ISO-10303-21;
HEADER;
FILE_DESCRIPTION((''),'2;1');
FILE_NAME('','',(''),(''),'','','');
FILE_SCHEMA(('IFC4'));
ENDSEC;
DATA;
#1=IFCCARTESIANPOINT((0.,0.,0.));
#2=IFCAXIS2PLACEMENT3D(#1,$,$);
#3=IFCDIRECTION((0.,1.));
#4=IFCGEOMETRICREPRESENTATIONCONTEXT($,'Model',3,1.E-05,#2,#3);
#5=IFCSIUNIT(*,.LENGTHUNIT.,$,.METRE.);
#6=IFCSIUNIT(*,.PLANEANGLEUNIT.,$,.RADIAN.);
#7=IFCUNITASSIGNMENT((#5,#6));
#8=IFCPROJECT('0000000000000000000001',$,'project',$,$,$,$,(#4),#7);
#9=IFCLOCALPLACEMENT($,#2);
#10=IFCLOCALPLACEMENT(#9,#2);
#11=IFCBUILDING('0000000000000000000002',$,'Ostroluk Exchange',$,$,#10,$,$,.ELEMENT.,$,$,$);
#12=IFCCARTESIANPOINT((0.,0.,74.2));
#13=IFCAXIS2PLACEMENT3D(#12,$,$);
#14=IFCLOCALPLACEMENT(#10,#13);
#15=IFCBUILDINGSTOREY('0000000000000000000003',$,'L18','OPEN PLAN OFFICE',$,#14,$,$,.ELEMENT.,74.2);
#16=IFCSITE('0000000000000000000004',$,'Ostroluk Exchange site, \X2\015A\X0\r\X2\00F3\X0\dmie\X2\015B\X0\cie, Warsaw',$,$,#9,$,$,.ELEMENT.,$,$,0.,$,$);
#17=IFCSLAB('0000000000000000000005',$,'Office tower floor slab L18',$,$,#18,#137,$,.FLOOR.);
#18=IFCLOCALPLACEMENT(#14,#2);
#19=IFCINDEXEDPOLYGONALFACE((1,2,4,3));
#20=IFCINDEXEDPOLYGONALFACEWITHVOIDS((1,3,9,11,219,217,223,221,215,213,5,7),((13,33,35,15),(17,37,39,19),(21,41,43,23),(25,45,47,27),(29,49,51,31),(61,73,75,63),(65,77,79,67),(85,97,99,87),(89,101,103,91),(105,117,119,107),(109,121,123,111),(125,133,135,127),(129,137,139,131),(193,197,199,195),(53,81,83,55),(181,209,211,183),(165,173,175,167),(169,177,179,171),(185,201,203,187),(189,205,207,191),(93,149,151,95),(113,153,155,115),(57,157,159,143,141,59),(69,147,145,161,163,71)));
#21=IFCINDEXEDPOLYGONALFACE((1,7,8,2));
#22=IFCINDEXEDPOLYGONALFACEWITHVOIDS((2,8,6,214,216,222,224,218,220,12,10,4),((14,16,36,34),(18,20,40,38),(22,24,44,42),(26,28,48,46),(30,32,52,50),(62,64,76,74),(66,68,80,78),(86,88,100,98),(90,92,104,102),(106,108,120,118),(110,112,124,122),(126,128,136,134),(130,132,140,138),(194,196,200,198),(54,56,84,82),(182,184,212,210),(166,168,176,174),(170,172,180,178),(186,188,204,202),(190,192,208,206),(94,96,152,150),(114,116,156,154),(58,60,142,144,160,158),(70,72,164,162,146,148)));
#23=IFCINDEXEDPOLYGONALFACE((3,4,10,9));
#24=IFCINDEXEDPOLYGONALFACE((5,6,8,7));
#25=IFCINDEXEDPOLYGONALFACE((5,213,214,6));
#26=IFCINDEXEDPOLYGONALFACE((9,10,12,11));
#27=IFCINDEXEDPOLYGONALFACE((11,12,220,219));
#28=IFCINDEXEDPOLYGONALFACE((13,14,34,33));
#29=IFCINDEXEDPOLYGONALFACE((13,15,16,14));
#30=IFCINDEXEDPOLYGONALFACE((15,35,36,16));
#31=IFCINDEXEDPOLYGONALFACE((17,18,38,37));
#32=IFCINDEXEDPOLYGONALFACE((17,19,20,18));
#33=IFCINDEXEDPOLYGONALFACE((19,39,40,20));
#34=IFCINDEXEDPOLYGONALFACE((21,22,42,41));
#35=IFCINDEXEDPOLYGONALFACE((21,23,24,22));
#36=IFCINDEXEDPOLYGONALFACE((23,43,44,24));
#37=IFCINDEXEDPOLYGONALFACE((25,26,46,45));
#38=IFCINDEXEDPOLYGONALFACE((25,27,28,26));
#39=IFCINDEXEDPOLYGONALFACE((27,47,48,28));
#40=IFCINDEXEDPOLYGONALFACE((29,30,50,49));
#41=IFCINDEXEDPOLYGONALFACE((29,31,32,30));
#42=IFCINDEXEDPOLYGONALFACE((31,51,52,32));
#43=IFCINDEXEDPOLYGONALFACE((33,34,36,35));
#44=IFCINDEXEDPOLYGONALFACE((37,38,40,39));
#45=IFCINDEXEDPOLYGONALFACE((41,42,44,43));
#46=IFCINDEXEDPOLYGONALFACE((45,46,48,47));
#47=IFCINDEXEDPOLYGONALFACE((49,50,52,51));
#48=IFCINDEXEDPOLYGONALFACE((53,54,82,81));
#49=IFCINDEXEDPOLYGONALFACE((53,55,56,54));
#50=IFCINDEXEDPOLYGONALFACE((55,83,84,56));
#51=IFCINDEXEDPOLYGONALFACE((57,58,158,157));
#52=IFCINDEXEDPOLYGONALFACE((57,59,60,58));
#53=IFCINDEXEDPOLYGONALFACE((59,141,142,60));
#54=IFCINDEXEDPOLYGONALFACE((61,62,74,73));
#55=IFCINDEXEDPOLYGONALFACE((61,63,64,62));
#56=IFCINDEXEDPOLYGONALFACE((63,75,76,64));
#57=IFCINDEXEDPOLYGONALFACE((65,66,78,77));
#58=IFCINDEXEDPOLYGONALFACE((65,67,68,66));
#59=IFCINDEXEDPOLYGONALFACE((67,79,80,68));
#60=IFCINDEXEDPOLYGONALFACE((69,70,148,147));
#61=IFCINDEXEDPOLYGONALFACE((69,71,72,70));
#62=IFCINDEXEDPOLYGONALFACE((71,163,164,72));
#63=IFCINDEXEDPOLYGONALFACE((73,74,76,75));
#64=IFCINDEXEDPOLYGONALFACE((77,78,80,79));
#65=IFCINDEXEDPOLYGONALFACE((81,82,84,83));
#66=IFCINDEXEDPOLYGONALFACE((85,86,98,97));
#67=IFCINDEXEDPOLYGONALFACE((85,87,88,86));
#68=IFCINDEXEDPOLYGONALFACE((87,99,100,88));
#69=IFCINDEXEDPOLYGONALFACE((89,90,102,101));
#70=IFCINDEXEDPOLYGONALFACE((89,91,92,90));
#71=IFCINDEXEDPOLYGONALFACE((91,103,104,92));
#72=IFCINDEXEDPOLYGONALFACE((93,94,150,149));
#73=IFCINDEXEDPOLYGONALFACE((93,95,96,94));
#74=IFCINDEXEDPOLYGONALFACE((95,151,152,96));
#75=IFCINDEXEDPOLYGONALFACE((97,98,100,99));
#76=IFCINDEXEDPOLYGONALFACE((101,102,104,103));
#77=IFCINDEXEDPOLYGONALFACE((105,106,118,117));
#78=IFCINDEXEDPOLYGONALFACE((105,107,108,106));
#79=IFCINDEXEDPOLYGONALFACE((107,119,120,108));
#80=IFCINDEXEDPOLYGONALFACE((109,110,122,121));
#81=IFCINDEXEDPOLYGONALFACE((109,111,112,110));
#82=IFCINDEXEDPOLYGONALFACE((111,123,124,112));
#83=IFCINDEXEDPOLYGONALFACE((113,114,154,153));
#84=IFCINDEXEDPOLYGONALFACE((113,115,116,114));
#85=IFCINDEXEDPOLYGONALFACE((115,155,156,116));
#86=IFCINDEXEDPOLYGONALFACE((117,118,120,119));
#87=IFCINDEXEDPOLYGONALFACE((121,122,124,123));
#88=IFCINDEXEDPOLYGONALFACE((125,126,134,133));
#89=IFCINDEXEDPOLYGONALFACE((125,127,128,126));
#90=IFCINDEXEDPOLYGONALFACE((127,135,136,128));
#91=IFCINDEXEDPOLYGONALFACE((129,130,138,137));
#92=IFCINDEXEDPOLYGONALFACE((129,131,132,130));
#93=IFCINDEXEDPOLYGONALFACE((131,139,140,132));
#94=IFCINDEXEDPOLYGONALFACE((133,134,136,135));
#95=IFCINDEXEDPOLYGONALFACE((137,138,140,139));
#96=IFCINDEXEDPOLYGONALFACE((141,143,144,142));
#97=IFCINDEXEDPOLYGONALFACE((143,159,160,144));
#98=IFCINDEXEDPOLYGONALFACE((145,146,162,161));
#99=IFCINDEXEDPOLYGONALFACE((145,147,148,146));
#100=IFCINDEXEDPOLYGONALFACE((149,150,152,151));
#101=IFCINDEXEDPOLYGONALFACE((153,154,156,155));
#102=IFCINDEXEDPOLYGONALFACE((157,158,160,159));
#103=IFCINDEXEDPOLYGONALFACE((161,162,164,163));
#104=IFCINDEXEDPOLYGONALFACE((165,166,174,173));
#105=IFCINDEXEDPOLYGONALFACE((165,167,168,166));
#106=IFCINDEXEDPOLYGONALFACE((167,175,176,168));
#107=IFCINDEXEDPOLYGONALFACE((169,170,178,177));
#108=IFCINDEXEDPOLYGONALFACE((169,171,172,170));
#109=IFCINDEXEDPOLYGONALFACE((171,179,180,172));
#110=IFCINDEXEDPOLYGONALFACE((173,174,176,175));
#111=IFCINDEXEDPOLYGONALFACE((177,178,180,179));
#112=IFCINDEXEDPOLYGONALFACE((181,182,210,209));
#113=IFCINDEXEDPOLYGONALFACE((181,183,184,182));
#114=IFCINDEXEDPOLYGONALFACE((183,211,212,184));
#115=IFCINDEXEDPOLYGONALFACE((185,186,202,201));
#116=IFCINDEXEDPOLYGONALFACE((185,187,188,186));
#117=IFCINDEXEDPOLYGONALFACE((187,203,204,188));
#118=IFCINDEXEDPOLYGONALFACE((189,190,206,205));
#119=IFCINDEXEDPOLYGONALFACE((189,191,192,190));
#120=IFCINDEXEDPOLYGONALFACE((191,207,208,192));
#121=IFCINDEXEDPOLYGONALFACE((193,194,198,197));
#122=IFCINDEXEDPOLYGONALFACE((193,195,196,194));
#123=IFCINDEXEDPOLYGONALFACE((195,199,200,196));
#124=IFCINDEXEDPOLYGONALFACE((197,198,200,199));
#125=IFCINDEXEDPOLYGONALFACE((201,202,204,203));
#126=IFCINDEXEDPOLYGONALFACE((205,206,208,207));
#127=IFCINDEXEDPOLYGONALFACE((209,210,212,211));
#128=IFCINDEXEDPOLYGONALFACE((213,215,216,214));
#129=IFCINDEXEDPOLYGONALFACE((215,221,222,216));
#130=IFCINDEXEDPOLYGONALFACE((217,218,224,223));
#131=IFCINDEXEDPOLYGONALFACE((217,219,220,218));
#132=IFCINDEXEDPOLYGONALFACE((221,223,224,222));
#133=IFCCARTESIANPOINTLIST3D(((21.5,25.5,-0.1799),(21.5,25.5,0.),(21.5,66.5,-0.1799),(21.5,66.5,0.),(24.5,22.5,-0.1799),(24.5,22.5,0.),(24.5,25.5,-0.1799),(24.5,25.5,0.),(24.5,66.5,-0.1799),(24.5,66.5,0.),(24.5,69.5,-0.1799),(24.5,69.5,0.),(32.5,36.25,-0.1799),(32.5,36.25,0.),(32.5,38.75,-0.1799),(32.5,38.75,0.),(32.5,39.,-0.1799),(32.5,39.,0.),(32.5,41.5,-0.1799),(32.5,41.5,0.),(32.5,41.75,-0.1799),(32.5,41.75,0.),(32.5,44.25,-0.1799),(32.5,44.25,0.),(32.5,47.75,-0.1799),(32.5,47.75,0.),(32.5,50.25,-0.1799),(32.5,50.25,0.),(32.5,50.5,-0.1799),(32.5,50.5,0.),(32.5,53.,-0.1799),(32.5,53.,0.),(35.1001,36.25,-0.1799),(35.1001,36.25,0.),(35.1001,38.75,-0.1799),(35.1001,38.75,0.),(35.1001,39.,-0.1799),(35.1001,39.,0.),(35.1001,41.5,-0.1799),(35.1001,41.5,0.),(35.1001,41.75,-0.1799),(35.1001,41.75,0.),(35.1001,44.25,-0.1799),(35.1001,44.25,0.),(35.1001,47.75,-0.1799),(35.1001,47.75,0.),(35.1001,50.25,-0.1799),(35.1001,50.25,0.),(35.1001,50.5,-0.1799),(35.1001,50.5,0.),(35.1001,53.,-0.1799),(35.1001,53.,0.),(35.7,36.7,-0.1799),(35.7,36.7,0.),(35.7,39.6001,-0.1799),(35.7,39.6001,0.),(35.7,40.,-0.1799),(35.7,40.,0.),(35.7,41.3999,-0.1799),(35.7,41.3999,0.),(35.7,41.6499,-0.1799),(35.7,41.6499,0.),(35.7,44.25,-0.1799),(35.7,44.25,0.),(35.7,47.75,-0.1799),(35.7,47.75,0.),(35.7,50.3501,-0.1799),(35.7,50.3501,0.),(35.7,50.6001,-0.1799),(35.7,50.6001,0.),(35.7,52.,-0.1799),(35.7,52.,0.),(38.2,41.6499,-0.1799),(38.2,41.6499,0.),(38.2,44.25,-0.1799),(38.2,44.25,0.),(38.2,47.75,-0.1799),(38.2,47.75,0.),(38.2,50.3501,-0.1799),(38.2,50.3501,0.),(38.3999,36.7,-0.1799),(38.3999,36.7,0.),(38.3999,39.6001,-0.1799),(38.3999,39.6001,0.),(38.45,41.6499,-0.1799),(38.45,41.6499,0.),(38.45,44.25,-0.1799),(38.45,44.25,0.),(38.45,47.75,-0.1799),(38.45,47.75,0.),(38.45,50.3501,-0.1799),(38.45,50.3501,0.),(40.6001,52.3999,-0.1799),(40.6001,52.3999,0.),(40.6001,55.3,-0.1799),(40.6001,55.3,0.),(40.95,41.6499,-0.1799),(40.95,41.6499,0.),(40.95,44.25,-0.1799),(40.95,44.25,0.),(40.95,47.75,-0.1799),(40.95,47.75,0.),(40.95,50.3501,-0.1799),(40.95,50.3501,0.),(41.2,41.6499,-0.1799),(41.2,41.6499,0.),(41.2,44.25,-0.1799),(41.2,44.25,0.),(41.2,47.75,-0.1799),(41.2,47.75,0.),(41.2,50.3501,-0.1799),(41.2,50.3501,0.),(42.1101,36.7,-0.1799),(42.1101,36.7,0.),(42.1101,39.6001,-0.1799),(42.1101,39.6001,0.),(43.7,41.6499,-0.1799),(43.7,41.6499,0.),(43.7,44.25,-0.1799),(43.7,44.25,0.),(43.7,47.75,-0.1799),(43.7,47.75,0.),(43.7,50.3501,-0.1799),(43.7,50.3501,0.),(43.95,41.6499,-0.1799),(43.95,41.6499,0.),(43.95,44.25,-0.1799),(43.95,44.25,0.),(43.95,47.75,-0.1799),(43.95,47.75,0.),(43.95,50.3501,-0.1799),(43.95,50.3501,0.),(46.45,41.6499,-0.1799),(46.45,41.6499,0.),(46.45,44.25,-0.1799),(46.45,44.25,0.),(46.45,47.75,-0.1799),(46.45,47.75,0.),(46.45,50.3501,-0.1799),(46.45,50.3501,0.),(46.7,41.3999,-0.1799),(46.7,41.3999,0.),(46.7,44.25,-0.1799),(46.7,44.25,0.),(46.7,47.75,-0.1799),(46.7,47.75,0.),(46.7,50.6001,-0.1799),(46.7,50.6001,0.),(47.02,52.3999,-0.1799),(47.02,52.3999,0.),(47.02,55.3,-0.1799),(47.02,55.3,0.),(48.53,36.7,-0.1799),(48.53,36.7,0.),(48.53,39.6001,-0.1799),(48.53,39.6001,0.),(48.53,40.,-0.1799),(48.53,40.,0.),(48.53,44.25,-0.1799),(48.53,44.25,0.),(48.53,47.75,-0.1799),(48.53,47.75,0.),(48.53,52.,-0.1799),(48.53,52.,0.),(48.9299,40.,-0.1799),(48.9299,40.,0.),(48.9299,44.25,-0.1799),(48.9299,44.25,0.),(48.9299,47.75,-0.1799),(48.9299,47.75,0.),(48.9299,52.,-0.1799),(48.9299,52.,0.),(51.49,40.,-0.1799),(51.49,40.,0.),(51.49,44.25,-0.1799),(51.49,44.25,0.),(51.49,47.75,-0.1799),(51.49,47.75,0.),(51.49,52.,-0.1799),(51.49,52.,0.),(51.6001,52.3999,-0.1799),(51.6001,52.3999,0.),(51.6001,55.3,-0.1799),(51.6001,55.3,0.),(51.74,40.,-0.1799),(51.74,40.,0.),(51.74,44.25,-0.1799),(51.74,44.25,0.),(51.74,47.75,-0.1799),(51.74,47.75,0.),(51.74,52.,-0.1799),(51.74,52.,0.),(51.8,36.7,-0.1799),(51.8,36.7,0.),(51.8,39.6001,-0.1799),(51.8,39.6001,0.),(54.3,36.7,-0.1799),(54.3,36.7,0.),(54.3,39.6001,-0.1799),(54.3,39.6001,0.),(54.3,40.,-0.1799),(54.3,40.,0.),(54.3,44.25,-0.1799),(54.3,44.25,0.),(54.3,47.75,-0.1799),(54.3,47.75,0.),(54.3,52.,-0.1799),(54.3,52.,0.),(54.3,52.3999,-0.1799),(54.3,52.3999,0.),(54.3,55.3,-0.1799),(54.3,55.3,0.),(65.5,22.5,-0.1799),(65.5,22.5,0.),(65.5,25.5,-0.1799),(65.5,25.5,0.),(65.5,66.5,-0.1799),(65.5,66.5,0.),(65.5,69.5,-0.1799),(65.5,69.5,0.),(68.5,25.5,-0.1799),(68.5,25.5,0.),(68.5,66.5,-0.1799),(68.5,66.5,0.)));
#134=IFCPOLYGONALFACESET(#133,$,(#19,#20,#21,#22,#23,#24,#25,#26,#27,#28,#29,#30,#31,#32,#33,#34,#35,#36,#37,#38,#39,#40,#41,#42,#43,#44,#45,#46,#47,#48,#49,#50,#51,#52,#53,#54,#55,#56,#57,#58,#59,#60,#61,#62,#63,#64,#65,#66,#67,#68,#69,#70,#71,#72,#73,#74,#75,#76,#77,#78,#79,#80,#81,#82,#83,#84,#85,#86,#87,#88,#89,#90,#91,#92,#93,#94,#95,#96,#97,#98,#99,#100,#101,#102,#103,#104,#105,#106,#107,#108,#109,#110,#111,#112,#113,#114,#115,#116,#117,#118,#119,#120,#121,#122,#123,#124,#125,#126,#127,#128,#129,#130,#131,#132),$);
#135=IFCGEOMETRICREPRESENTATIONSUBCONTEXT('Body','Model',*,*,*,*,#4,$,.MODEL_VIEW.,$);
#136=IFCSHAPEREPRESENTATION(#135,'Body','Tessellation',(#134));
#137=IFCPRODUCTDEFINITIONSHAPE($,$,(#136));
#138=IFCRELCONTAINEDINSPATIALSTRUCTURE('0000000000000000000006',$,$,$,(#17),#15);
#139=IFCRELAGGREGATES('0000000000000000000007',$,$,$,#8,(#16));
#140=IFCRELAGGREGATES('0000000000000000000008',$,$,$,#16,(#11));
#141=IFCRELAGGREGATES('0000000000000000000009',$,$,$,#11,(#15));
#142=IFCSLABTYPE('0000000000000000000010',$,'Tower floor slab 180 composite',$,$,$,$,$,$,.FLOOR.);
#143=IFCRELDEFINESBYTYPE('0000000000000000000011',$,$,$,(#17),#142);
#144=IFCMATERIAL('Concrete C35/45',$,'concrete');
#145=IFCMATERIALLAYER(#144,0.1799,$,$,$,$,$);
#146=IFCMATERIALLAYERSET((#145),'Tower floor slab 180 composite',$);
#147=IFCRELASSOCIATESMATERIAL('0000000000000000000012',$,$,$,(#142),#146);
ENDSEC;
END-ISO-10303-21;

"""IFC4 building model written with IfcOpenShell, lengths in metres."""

from ifc_helpers import new_model, si_unit, direction, frame, origin, place, context, subcontext, project, spatial, polyline, outline, extrude, material, layer, layer_set, type_object, element, save


model = new_model("IFC4")

# Units and contexts
model_context = context("Model", 3, precision=1e-05, world=origin(), true_north=direction((0.0, 1.0)))
body_context = subcontext(model_context, "Body", "Model", "MODEL_VIEW")
ifc_project = project(units=[si_unit("LENGTHUNIT", "METRE"), si_unit("PLANEANGLEUNIT", "RADIAN")], contexts=[model_context])

# Site, building, storey
site_placement = place(None, origin())
site = spatial("IfcSite", under=ifc_project, at=site_placement, Name="Ostroluk Exchange site, Śródmieście, Warsaw", CompositionType="ELEMENT", RefElevation=0.0)
building_placement = place(site_placement, origin())
building = spatial("IfcBuilding", under=site, at=building_placement, Name="Ostroluk Exchange", CompositionType="ELEMENT")
storey_placement = place(building_placement, frame((0.0, 0.0, 74.2)))
storey = spatial("IfcBuildingStorey", under=building, at=storey_placement, Name="L18", Description="OPEN PLAN OFFICE", CompositionType="ELEMENT", Elevation=74.2)

# Slab
ifc_material_1 = material(Name="Concrete C35/45", Category="concrete")
ifc_layer_1 = layer(ifc_material_1, 0.1799)
ifc_layer_set_1 = layer_set([ifc_layer_1], Name="Tower floor slab 180 composite")
slab_type_1 = type_object("IfcSlabType", Name="Tower floor slab 180 composite", PredefinedType="FLOOR", material=ifc_layer_set_1)
slab_1_placement = place(storey_placement, frame((0.0, 0.0, -0.1799)))
element("IfcSlab", 1, at=slab_1_placement, inside=storey, type_object=slab_type_1, Name="Office tower floor slab L18", PredefinedType="FLOOR", context=body_context, shape_type="SweptSolid", body=[
    extrude(outline(polyline([(24.5, 22.5), (65.5, 22.5), (65.5, 25.5), (68.5, 25.5), (68.5, 66.5), (65.5, 66.5), (65.5, 69.5), (24.5, 69.5), (24.5, 66.5), (21.5, 66.5), (21.5, 25.5), (24.5, 25.5), (24.5, 22.5)]), holes=[polyline([(35.7, 36.7), (38.3999, 36.7), (38.3999, 39.6001), (35.7, 39.6001), (35.7, 36.7)]), polyline([(42.1101, 36.7), (48.53, 36.7), (48.53, 39.6001), (42.1101, 39.6001), (42.1101, 36.7)]), polyline([(51.8, 36.7), (54.3, 36.7), (54.3, 39.6001), (51.8, 39.6001), (51.8, 36.7)]), polyline([(40.6001, 52.3999), (47.02, 52.3999), (47.02, 55.3), (40.6001, 55.3), (40.6001, 52.3999)]), polyline([(51.6001, 52.3999), (54.3, 52.3999), (54.3, 55.3), (51.6001, 55.3), (51.6001, 52.3999)]), polyline([(35.7, 47.75), (38.2, 47.75), (38.2, 50.3501), (35.7, 50.3501), (35.7, 47.75)]), polyline([(38.45, 47.75), (40.95, 47.75), (40.95, 50.3501), (38.45, 50.3501), (38.45, 47.75)]), polyline([(41.2, 47.75), (43.7, 47.75), (43.7, 50.3501), (41.2, 50.3501), (41.2, 47.75)]), polyline([(43.95, 47.75), (46.45, 47.75), (46.45, 50.3501), (43.95, 50.3501), (43.95, 47.75)]), polyline([(35.7, 41.6499), (38.2, 41.6499), (38.2, 44.25), (35.7, 44.25), (35.7, 41.6499)]), polyline([(38.45, 41.6499), (40.95, 41.6499), (40.95, 44.25), (38.45, 44.25), (38.45, 41.6499)]), polyline([(41.2, 41.6499), (43.7, 41.6499), (43.7, 44.25), (41.2, 44.25), (41.2, 41.6499)]), polyline([(43.95, 41.6499), (46.45, 41.6499), (46.45, 44.25), (43.95, 44.25), (43.95, 41.6499)]), polyline([(48.9299, 47.75), (51.49, 47.75), (51.49, 52.0), (48.9299, 52.0), (48.9299, 47.75)]), polyline([(51.74, 47.75), (54.3, 47.75), (54.3, 52.0), (51.74, 52.0), (51.74, 47.75)]), polyline([(48.9299, 40.0), (51.49, 40.0), (51.49, 44.25), (48.9299, 44.25), (48.9299, 40.0)]), polyline([(51.74, 40.0), (54.3, 40.0), (54.3, 44.25), (51.74, 44.25), (51.74, 40.0)]), polyline([(48.53, 52.0), (48.53, 47.75), (46.7, 47.75), (46.7, 50.6001), (35.7, 50.6001), (35.7, 52.0), (48.53, 52.0)]), polyline([(35.7, 40.0), (35.7, 41.3999), (46.7, 41.3999), (46.7, 44.25), (48.53, 44.25), (48.53, 40.0), (35.7, 40.0)]), polyline([(32.5, 36.25), (35.1001, 36.25), (35.1001, 38.75), (32.5, 38.75), (32.5, 36.25)]), polyline([(32.5, 39.0), (35.1001, 39.0), (35.1001, 41.5), (32.5, 41.5), (32.5, 39.0)]), polyline([(32.5, 41.75), (35.1001, 41.75), (35.1001, 44.25), (32.5, 44.25), (32.5, 41.75)]), polyline([(32.5, 47.75), (35.1001, 47.75), (35.1001, 50.25), (32.5, 50.25), (32.5, 47.75)]), polyline([(32.5, 50.5), (35.1001, 50.5), (35.1001, 53.0), (32.5, 53.0), (32.5, 50.5)])]), origin(), (0.0, 0.0, 1.0), 0.1799),
])

save(model, "model.ifc")
